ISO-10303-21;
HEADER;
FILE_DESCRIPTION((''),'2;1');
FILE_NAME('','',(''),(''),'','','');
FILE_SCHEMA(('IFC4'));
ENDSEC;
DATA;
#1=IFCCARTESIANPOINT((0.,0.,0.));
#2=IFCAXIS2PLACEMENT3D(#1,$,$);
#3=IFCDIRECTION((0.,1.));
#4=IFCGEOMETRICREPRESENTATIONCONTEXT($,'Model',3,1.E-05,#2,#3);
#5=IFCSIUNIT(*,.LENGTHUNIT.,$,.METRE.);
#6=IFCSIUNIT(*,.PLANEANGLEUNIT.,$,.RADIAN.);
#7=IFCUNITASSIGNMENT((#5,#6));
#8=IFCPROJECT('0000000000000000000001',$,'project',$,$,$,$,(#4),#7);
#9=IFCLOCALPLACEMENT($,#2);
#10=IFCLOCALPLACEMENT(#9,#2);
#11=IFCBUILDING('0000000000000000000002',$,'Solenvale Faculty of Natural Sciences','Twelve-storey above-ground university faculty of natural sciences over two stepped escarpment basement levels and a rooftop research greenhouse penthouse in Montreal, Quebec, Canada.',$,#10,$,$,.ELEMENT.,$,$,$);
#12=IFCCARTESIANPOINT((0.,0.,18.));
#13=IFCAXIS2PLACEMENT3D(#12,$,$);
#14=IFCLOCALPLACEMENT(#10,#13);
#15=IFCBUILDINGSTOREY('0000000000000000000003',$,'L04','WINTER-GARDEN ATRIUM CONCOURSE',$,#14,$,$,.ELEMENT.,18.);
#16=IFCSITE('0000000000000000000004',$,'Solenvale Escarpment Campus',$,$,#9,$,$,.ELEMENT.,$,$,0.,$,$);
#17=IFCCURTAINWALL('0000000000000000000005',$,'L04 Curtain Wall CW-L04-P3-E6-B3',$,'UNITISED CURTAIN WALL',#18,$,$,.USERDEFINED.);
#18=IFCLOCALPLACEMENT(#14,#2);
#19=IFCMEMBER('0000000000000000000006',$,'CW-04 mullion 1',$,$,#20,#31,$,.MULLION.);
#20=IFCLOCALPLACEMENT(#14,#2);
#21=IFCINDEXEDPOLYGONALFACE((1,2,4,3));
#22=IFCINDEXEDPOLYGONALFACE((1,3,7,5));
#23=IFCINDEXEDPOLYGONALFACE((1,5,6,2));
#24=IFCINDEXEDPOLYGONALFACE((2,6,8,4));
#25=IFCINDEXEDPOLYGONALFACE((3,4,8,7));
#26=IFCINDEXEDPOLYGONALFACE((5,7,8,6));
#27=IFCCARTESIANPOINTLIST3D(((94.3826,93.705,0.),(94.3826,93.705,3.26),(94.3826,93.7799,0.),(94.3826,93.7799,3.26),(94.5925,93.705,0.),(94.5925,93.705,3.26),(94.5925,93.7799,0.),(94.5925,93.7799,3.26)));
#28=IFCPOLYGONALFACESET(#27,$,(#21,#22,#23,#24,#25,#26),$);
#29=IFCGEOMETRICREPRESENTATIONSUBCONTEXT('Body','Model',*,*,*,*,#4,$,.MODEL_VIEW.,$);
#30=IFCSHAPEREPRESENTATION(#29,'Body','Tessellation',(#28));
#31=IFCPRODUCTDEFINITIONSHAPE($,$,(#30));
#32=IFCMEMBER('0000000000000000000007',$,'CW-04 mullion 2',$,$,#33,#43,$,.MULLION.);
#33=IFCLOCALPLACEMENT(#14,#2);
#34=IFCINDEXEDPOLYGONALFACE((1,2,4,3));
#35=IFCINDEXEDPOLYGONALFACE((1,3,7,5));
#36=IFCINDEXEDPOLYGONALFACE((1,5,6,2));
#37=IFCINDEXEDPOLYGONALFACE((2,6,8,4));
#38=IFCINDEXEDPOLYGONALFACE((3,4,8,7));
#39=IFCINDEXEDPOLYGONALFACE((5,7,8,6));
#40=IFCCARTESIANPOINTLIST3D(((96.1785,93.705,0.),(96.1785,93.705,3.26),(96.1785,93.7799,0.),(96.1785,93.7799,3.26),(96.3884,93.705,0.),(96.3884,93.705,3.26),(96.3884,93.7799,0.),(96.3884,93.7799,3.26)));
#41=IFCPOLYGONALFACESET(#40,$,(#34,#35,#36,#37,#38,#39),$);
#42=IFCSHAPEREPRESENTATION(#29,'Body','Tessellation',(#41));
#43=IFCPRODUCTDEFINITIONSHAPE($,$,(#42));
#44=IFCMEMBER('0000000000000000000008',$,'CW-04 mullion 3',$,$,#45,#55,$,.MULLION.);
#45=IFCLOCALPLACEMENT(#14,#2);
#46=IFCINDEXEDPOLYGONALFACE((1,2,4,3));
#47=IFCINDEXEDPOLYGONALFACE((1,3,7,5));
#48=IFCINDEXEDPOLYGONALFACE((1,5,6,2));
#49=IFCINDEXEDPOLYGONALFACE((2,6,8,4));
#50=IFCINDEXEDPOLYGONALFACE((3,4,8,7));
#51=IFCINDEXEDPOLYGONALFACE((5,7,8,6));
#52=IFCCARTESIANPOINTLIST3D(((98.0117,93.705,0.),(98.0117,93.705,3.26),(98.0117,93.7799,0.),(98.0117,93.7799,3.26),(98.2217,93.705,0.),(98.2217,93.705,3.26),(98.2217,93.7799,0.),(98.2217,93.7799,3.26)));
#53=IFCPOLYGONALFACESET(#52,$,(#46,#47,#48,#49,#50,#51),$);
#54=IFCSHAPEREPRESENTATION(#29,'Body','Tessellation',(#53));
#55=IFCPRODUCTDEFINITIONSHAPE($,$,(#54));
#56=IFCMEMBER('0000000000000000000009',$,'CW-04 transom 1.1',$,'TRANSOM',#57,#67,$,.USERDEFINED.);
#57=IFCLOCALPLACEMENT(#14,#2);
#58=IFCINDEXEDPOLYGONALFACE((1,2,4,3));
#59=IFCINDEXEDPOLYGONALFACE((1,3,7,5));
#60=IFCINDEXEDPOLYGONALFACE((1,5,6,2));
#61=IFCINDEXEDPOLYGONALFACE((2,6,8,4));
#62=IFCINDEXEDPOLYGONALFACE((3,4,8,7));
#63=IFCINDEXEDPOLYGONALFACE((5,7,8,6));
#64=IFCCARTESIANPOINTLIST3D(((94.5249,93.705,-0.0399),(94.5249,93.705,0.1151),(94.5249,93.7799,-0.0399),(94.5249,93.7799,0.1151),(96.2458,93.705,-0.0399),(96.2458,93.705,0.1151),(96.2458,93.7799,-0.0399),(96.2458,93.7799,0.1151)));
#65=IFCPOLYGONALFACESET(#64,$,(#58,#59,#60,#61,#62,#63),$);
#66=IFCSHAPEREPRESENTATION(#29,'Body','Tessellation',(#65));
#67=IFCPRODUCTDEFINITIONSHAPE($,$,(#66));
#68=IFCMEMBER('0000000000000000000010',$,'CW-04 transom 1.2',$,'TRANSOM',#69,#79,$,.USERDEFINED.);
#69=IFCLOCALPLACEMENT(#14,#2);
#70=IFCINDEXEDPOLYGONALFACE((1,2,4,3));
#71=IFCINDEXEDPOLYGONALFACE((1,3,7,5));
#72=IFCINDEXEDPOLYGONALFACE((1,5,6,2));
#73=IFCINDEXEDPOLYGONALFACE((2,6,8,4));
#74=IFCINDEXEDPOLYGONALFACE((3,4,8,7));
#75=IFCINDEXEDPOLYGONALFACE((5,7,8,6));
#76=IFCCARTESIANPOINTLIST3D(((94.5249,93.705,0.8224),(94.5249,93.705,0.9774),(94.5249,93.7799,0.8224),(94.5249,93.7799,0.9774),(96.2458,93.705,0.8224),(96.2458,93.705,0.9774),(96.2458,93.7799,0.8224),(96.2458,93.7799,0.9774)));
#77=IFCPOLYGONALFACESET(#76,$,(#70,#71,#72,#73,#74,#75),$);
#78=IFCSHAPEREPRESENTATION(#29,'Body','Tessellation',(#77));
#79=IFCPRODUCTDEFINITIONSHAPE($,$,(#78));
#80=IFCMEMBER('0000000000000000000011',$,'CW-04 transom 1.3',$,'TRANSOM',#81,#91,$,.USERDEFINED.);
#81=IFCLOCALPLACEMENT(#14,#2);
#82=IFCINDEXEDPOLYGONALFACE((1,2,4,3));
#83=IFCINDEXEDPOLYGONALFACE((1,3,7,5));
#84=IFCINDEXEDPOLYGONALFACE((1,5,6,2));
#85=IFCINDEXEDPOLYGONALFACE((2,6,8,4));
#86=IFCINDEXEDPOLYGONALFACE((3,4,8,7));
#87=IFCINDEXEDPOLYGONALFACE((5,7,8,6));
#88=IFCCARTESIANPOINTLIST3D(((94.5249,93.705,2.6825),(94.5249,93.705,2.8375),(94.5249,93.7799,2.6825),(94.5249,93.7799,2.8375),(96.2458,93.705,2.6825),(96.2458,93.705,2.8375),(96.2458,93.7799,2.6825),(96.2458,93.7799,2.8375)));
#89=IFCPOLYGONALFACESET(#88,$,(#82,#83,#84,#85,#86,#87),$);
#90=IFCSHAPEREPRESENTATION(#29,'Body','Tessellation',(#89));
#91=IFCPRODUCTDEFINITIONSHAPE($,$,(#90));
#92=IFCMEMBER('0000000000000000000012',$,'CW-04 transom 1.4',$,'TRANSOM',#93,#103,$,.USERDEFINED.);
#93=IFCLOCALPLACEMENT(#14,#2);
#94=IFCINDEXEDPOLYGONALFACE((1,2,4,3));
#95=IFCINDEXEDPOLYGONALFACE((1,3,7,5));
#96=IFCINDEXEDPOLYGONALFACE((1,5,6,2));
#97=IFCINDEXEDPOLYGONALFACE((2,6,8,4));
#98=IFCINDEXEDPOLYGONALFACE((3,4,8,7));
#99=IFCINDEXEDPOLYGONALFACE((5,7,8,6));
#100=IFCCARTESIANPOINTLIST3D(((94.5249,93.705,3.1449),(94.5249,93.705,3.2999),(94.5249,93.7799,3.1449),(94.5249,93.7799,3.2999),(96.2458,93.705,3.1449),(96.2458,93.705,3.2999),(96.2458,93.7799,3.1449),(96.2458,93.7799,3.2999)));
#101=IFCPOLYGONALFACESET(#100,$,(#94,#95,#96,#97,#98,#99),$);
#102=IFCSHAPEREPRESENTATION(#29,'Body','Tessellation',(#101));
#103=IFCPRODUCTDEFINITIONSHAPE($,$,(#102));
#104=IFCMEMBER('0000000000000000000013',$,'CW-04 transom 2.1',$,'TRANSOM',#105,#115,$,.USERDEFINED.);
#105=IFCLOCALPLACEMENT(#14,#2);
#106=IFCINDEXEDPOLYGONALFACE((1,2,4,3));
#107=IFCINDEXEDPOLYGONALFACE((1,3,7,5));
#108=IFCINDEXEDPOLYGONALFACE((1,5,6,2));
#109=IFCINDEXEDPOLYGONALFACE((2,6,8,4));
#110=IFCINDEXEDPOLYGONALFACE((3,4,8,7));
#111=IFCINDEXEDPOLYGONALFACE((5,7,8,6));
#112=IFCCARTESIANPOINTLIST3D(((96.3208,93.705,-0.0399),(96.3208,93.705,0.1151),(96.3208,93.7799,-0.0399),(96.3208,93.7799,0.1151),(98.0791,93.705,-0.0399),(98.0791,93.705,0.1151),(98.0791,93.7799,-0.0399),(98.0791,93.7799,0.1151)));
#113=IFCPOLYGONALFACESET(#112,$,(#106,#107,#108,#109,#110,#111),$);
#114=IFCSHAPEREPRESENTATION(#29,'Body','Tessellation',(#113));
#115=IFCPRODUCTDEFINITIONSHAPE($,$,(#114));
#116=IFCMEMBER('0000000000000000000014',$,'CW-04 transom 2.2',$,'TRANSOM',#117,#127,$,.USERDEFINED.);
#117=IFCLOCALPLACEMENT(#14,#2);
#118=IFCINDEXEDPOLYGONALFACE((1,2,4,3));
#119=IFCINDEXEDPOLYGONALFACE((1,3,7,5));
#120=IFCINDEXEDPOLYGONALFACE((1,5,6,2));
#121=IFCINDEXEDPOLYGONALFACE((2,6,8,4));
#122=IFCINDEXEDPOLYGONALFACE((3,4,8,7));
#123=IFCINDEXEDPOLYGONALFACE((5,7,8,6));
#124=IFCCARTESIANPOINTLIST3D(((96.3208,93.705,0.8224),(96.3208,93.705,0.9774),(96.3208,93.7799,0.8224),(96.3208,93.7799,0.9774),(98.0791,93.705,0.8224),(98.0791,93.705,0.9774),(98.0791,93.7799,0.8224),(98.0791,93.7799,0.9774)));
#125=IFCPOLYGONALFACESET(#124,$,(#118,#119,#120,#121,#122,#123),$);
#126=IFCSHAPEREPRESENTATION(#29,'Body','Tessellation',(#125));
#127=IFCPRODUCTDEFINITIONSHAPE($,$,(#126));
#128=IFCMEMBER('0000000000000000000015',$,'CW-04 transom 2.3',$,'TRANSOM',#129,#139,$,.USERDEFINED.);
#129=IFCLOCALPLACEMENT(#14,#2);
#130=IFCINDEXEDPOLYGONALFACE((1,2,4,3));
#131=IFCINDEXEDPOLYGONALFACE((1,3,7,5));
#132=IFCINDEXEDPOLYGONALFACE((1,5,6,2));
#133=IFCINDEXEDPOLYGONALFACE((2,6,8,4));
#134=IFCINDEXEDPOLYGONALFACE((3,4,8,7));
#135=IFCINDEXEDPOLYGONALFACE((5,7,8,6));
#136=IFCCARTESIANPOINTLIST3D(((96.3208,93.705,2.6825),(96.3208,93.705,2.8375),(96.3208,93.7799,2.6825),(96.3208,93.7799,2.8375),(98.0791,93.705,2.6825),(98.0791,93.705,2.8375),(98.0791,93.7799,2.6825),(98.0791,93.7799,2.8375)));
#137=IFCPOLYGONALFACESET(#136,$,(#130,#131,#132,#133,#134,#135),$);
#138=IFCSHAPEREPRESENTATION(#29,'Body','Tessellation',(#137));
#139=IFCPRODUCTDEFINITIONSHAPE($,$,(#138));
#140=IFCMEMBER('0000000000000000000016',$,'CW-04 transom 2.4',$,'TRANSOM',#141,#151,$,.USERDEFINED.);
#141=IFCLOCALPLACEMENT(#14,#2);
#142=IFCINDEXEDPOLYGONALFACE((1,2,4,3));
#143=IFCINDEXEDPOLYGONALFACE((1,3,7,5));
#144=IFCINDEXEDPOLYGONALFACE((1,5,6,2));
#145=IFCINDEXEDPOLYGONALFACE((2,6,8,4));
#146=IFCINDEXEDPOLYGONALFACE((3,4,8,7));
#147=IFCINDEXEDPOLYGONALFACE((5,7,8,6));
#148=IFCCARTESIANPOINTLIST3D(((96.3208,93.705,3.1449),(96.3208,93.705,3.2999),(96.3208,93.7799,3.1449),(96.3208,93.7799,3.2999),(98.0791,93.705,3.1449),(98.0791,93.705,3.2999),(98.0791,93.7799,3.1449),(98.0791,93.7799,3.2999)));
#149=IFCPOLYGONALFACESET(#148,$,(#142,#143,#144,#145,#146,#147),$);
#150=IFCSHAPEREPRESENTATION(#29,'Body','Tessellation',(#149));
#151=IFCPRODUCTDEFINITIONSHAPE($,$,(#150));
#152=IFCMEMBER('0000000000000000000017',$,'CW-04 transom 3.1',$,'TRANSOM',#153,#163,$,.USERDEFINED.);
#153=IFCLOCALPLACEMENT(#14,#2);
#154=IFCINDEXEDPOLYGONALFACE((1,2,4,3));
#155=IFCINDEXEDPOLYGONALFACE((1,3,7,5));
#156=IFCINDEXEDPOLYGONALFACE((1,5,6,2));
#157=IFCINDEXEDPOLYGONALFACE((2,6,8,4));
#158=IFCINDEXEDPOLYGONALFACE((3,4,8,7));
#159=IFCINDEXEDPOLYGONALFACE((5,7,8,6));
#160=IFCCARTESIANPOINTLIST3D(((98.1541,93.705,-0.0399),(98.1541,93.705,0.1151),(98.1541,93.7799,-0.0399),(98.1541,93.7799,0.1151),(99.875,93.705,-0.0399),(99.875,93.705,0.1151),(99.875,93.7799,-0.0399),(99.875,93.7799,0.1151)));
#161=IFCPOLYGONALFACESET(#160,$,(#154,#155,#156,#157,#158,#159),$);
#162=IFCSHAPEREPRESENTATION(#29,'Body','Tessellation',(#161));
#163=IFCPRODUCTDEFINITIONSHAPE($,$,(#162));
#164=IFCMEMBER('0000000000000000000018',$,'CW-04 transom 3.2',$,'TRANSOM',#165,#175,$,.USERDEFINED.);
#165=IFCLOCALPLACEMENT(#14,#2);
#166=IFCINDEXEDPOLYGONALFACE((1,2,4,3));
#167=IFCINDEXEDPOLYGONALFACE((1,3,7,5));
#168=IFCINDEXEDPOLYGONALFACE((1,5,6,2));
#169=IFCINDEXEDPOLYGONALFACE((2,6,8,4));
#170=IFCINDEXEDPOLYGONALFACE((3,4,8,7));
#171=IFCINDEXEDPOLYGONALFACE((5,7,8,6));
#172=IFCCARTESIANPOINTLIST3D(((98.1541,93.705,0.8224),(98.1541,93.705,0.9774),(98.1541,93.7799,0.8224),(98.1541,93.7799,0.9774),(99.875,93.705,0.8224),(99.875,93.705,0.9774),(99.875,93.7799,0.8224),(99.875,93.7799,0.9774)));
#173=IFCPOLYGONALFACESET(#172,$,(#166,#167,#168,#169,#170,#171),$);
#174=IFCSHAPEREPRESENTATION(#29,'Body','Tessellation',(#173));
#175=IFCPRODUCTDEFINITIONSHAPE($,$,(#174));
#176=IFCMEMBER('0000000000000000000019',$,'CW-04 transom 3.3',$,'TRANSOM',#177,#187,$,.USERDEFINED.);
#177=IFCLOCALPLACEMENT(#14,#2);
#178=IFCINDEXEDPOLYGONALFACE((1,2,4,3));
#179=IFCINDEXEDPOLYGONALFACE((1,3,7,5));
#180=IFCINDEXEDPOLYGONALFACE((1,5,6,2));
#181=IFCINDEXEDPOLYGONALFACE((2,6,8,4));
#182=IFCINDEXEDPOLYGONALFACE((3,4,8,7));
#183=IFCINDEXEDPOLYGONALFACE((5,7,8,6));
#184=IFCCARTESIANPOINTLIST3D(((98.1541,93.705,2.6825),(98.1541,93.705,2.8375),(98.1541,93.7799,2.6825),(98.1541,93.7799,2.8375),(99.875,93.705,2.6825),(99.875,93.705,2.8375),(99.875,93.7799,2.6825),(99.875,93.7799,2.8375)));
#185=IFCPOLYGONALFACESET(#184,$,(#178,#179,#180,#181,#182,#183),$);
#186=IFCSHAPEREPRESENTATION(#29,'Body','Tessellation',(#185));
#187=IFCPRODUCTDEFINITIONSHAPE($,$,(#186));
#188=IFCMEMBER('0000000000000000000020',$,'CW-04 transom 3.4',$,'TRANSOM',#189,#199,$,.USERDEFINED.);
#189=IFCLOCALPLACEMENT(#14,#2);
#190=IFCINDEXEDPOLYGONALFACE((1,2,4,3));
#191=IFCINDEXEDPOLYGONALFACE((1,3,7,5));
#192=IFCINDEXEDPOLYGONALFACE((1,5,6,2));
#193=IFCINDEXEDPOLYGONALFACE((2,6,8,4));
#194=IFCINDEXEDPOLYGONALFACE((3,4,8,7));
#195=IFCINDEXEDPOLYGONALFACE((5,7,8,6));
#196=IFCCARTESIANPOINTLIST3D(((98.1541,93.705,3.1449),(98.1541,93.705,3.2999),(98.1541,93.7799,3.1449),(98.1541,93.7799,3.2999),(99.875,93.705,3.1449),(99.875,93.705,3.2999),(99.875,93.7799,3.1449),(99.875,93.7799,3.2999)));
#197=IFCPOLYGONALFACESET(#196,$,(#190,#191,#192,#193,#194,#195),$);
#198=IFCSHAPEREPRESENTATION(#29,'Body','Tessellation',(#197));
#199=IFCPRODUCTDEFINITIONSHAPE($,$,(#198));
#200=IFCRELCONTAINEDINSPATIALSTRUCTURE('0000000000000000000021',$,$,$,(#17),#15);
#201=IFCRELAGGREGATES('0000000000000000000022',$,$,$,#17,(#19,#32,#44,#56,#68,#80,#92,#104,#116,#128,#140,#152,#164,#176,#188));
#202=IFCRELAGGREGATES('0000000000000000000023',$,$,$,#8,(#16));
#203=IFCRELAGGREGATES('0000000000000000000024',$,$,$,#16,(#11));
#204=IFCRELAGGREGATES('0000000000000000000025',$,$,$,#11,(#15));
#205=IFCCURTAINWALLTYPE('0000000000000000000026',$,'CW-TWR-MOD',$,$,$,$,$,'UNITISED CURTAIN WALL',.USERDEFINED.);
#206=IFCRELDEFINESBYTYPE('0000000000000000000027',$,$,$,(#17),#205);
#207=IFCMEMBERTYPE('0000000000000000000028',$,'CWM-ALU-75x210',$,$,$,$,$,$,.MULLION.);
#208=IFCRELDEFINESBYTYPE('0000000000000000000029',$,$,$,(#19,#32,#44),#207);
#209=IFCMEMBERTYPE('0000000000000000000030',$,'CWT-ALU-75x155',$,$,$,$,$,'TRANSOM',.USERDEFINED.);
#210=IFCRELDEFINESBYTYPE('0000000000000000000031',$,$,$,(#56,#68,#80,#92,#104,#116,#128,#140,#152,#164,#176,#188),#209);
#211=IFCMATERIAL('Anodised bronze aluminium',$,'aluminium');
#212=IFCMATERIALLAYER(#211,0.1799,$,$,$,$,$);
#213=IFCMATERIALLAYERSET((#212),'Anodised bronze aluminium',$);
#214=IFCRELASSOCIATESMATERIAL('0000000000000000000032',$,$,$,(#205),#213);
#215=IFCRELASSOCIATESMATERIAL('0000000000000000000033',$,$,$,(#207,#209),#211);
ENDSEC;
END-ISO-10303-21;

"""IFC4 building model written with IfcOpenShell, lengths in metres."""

from ifc_helpers import new_model, si_unit, direction, frame, origin, origin_2d, place, context, subcontext, project, spatial, rectangle, extrude, material, layer, layer_set, material_profile, profile_set, type_object, element, aggregate, save


model = new_model("IFC4")

# Units and contexts
model_context = context("Model", 3, precision=1e-05, world=origin(), true_north=direction((0.0, 1.0)))
body_context = subcontext(model_context, "Body", "Model", "MODEL_VIEW")
ifc_project = project(units=[si_unit("LENGTHUNIT", "METRE"), si_unit("PLANEANGLEUNIT", "RADIAN")], contexts=[model_context])

# Site, building, storey
site_placement = place(None, origin())
site = spatial("IfcSite", under=ifc_project, at=site_placement, Name="Solenvale Escarpment Campus", CompositionType="ELEMENT", RefElevation=0.0)
building_placement = place(site_placement, origin())
building = spatial("IfcBuilding", under=site, at=building_placement, Name="Solenvale Faculty of Natural Sciences", Description="Twelve-storey above-ground university faculty of natural sciences over two stepped escarpment basement levels and a rooftop research greenhouse penthouse in Montreal, Quebec, Canada.", CompositionType="ELEMENT")
storey_placement = place(building_placement, frame((0.0, 0.0, 18.0)))
storey = spatial("IfcBuildingStorey", under=building, at=storey_placement, Name="L04", Description="WINTER-GARDEN ATRIUM CONCOURSE", CompositionType="ELEMENT", Elevation=18.0)

# Curtain wall, members
ifc_material = material(Name="Anodised bronze aluminium", Category="aluminium")
ifc_layer_1 = layer(ifc_material, 0.1799)
ifc_layer_set_1 = layer_set([ifc_layer_1], Name="Anodised bronze aluminium")
curtain_wall_type = type_object("IfcCurtainWallType", Name="CW-TWR-MOD", ElementType="UNITISED CURTAIN WALL", PredefinedType="USERDEFINED", material=ifc_layer_set_1)
curtain_wall_placement = place(storey_placement, origin())
curtain_wall = element("IfcCurtainWall", 1, at=curtain_wall_placement, inside=storey, type_object=curtain_wall_type, Name="L04 Curtain Wall CW-L04-P3-E6-B3", ObjectType="UNITISED CURTAIN WALL", PredefinedType="USERDEFINED")
ifc_material_profile_1 = material_profile(ifc_material, rectangle(XDim=0.075, YDim=0.21, at=origin_2d()), Name="ALU-MUL-75x210")
ifc_profile_set_1 = profile_set([ifc_material_profile_1], Name="Anodised bronze aluminium")
member_type_1 = type_object("IfcMemberType", Name="CWM-ALU-75x210", PredefinedType="MULLION", material=ifc_profile_set_1)
member_1_placement = place(storey_placement, frame((94.4875, 93.7424, 0.0), z_axis=(0.0, 0.0, 1.0), x_axis=(0.0, 1.0, 0.0)))
member_1 = element("IfcMember", 2, at=member_1_placement, type_object=member_type_1, Name="CW-04 mullion 1", PredefinedType="MULLION", context=body_context, shape_type="SweptSolid", body=[
    extrude(rectangle(XDim=0.075, YDim=0.21, at=origin_2d()), origin(), (0.0, 0.0, 1.0), 3.26),
])
member_2_placement = place(storey_placement, frame((96.2834, 93.7424, 0.0), z_axis=(0.0, 0.0, 1.0), x_axis=(0.0, 1.0, 0.0)))
member_2 = element("IfcMember", 3, at=member_2_placement, type_object=member_type_1, Name="CW-04 mullion 2", PredefinedType="MULLION", context=body_context, shape_type="SweptSolid", body=[
    extrude(rectangle(XDim=0.075, YDim=0.21, at=origin_2d()), origin(), (0.0, 0.0, 1.0), 3.26),
])
member_3_placement = place(storey_placement, frame((98.1167, 93.7424, 0.0), z_axis=(0.0, 0.0, 1.0), x_axis=(0.0, 1.0, 0.0)))
member_3 = element("IfcMember", 4, at=member_3_placement, type_object=member_type_1, Name="CW-04 mullion 3", PredefinedType="MULLION", context=body_context, shape_type="SweptSolid", body=[
    extrude(rectangle(XDim=0.075, YDim=0.21, at=origin_2d()), origin(), (0.0, 0.0, 1.0), 3.26),
])
ifc_material_profile_2 = material_profile(ifc_material, rectangle(XDim=0.075, YDim=0.155, at=origin_2d()), Name="ALU-TRN-75x155")
ifc_profile_set_2 = profile_set([ifc_material_profile_2], Name="Anodised bronze aluminium")
member_type_2 = type_object("IfcMemberType", Name="CWT-ALU-75x155", ElementType="TRANSOM", PredefinedType="USERDEFINED", material=ifc_profile_set_2)
member_4_placement = place(storey_placement, frame((94.5249, 93.7424, 0.0376), z_axis=(1.0, 0.0, 0.0), x_axis=(0.0, 1.0, 0.0)))
member_4 = element("IfcMember", 5, at=member_4_placement, type_object=member_type_2, Name="CW-04 transom 1.1", ObjectType="TRANSOM", PredefinedType="USERDEFINED", context=body_context, shape_type="SweptSolid", body=[
    extrude(rectangle(XDim=0.075, YDim=0.155, at=origin_2d()), origin(), (0.0, 0.0, 1.0), 1.7209),
])
member_5_placement = place(storey_placement, frame((94.5249, 93.7424, 0.8999), z_axis=(1.0, 0.0, 0.0), x_axis=(0.0, 1.0, 0.0)))
member_5 = element("IfcMember", 6, at=member_5_placement, type_object=member_type_2, Name="CW-04 transom 1.2", ObjectType="TRANSOM", PredefinedType="USERDEFINED", context=body_context, shape_type="SweptSolid", body=[
    extrude(rectangle(XDim=0.075, YDim=0.155, at=origin_2d()), origin(), (0.0, 0.0, 1.0), 1.7209),
])
member_6_placement = place(storey_placement, frame((94.5249, 93.7424, 2.76), z_axis=(1.0, 0.0, 0.0), x_axis=(0.0, 1.0, 0.0)))
member_6 = element("IfcMember", 7, at=member_6_placement, type_object=member_type_2, Name="CW-04 transom 1.3", ObjectType="TRANSOM", PredefinedType="USERDEFINED", context=body_context, shape_type="SweptSolid", body=[
    extrude(rectangle(XDim=0.075, YDim=0.155, at=origin_2d()), origin(), (0.0, 0.0, 1.0), 1.7209),
])
member_7_placement = place(storey_placement, frame((94.5249, 93.7424, 3.2224), z_axis=(1.0, 0.0, 0.0), x_axis=(0.0, 1.0, 0.0)))
member_7 = element("IfcMember", 8, at=member_7_placement, type_object=member_type_2, Name="CW-04 transom 1.4", ObjectType="TRANSOM", PredefinedType="USERDEFINED", context=body_context, shape_type="SweptSolid", body=[
    extrude(rectangle(XDim=0.075, YDim=0.155, at=origin_2d()), origin(), (0.0, 0.0, 1.0), 1.7209),
])
member_8_placement = place(storey_placement, frame((96.3208, 93.7424, 0.0376), z_axis=(1.0, 0.0, 0.0), x_axis=(0.0, 1.0, 0.0)))
member_8 = element("IfcMember", 9, at=member_8_placement, type_object=member_type_2, Name="CW-04 transom 2.1", ObjectType="TRANSOM", PredefinedType="USERDEFINED", context=body_context, shape_type="SweptSolid", body=[
    extrude(rectangle(XDim=0.075, YDim=0.155, at=origin_2d()), origin(), (0.0, 0.0, 1.0), 1.7583),
])
member_9_placement = place(storey_placement, frame((96.3208, 93.7424, 0.8999), z_axis=(1.0, 0.0, 0.0), x_axis=(0.0, 1.0, 0.0)))
member_9 = element("IfcMember", 10, at=member_9_placement, type_object=member_type_2, Name="CW-04 transom 2.2", ObjectType="TRANSOM", PredefinedType="USERDEFINED", context=body_context, shape_type="SweptSolid", body=[
    extrude(rectangle(XDim=0.075, YDim=0.155, at=origin_2d()), origin(), (0.0, 0.0, 1.0), 1.7583),
])
member_10_placement = place(storey_placement, frame((96.3208, 93.7424, 2.76), z_axis=(1.0, 0.0, 0.0), x_axis=(0.0, 1.0, 0.0)))
member_10 = element("IfcMember", 11, at=member_10_placement, type_object=member_type_2, Name="CW-04 transom 2.3", ObjectType="TRANSOM", PredefinedType="USERDEFINED", context=body_context, shape_type="SweptSolid", body=[
    extrude(rectangle(XDim=0.075, YDim=0.155, at=origin_2d()), origin(), (0.0, 0.0, 1.0), 1.7583),
])
member_11_placement = place(storey_placement, frame((96.3208, 93.7424, 3.2224), z_axis=(1.0, 0.0, 0.0), x_axis=(0.0, 1.0, 0.0)))
member_11 = element("IfcMember", 12, at=member_11_placement, type_object=member_type_2, Name="CW-04 transom 2.4", ObjectType="TRANSOM", PredefinedType="USERDEFINED", context=body_context, shape_type="SweptSolid", body=[
    extrude(rectangle(XDim=0.075, YDim=0.155, at=origin_2d()), origin(), (0.0, 0.0, 1.0), 1.7583),
])
member_12_placement = place(storey_placement, frame((98.1541, 93.7424, 0.0376), z_axis=(1.0, 0.0, 0.0), x_axis=(0.0, 1.0, 0.0)))
member_12 = element("IfcMember", 13, at=member_12_placement, type_object=member_type_2, Name="CW-04 transom 3.1", ObjectType="TRANSOM", PredefinedType="USERDEFINED", context=body_context, shape_type="SweptSolid", body=[
    extrude(rectangle(XDim=0.075, YDim=0.155, at=origin_2d()), origin(), (0.0, 0.0, 1.0), 1.7209),
])
member_13_placement = place(storey_placement, frame((98.1541, 93.7424, 0.8999), z_axis=(1.0, 0.0, 0.0), x_axis=(0.0, 1.0, 0.0)))
member_13 = element("IfcMember", 14, at=member_13_placement, type_object=member_type_2, Name="CW-04 transom 3.2", ObjectType="TRANSOM", PredefinedType="USERDEFINED", context=body_context, shape_type="SweptSolid", body=[
    extrude(rectangle(XDim=0.075, YDim=0.155, at=origin_2d()), origin(), (0.0, 0.0, 1.0), 1.7209),
])
member_14_placement = place(storey_placement, frame((98.1541, 93.7424, 2.76), z_axis=(1.0, 0.0, 0.0), x_axis=(0.0, 1.0, 0.0)))
member_14 = element("IfcMember", 15, at=member_14_placement, type_object=member_type_2, Name="CW-04 transom 3.3", ObjectType="TRANSOM", PredefinedType="USERDEFINED", context=body_context, shape_type="SweptSolid", body=[
    extrude(rectangle(XDim=0.075, YDim=0.155, at=origin_2d()), origin(), (0.0, 0.0, 1.0), 1.7209),
])
member_15_placement = place(storey_placement, frame((98.1541, 93.7424, 3.2224), z_axis=(1.0, 0.0, 0.0), x_axis=(0.0, 1.0, 0.0)))
member_15 = element("IfcMember", 16, at=member_15_placement, type_object=member_type_2, Name="CW-04 transom 3.4", ObjectType="TRANSOM", PredefinedType="USERDEFINED", context=body_context, shape_type="SweptSolid", body=[
    extrude(rectangle(XDim=0.075, YDim=0.155, at=origin_2d()), origin(), (0.0, 0.0, 1.0), 1.7209),
])
aggregate(curtain_wall, [member_1, member_2, member_3, member_4, member_5, member_6, member_7, member_8, member_9, member_10, member_11, member_12, member_13, member_14, member_15])

save(model, "model.ifc")
